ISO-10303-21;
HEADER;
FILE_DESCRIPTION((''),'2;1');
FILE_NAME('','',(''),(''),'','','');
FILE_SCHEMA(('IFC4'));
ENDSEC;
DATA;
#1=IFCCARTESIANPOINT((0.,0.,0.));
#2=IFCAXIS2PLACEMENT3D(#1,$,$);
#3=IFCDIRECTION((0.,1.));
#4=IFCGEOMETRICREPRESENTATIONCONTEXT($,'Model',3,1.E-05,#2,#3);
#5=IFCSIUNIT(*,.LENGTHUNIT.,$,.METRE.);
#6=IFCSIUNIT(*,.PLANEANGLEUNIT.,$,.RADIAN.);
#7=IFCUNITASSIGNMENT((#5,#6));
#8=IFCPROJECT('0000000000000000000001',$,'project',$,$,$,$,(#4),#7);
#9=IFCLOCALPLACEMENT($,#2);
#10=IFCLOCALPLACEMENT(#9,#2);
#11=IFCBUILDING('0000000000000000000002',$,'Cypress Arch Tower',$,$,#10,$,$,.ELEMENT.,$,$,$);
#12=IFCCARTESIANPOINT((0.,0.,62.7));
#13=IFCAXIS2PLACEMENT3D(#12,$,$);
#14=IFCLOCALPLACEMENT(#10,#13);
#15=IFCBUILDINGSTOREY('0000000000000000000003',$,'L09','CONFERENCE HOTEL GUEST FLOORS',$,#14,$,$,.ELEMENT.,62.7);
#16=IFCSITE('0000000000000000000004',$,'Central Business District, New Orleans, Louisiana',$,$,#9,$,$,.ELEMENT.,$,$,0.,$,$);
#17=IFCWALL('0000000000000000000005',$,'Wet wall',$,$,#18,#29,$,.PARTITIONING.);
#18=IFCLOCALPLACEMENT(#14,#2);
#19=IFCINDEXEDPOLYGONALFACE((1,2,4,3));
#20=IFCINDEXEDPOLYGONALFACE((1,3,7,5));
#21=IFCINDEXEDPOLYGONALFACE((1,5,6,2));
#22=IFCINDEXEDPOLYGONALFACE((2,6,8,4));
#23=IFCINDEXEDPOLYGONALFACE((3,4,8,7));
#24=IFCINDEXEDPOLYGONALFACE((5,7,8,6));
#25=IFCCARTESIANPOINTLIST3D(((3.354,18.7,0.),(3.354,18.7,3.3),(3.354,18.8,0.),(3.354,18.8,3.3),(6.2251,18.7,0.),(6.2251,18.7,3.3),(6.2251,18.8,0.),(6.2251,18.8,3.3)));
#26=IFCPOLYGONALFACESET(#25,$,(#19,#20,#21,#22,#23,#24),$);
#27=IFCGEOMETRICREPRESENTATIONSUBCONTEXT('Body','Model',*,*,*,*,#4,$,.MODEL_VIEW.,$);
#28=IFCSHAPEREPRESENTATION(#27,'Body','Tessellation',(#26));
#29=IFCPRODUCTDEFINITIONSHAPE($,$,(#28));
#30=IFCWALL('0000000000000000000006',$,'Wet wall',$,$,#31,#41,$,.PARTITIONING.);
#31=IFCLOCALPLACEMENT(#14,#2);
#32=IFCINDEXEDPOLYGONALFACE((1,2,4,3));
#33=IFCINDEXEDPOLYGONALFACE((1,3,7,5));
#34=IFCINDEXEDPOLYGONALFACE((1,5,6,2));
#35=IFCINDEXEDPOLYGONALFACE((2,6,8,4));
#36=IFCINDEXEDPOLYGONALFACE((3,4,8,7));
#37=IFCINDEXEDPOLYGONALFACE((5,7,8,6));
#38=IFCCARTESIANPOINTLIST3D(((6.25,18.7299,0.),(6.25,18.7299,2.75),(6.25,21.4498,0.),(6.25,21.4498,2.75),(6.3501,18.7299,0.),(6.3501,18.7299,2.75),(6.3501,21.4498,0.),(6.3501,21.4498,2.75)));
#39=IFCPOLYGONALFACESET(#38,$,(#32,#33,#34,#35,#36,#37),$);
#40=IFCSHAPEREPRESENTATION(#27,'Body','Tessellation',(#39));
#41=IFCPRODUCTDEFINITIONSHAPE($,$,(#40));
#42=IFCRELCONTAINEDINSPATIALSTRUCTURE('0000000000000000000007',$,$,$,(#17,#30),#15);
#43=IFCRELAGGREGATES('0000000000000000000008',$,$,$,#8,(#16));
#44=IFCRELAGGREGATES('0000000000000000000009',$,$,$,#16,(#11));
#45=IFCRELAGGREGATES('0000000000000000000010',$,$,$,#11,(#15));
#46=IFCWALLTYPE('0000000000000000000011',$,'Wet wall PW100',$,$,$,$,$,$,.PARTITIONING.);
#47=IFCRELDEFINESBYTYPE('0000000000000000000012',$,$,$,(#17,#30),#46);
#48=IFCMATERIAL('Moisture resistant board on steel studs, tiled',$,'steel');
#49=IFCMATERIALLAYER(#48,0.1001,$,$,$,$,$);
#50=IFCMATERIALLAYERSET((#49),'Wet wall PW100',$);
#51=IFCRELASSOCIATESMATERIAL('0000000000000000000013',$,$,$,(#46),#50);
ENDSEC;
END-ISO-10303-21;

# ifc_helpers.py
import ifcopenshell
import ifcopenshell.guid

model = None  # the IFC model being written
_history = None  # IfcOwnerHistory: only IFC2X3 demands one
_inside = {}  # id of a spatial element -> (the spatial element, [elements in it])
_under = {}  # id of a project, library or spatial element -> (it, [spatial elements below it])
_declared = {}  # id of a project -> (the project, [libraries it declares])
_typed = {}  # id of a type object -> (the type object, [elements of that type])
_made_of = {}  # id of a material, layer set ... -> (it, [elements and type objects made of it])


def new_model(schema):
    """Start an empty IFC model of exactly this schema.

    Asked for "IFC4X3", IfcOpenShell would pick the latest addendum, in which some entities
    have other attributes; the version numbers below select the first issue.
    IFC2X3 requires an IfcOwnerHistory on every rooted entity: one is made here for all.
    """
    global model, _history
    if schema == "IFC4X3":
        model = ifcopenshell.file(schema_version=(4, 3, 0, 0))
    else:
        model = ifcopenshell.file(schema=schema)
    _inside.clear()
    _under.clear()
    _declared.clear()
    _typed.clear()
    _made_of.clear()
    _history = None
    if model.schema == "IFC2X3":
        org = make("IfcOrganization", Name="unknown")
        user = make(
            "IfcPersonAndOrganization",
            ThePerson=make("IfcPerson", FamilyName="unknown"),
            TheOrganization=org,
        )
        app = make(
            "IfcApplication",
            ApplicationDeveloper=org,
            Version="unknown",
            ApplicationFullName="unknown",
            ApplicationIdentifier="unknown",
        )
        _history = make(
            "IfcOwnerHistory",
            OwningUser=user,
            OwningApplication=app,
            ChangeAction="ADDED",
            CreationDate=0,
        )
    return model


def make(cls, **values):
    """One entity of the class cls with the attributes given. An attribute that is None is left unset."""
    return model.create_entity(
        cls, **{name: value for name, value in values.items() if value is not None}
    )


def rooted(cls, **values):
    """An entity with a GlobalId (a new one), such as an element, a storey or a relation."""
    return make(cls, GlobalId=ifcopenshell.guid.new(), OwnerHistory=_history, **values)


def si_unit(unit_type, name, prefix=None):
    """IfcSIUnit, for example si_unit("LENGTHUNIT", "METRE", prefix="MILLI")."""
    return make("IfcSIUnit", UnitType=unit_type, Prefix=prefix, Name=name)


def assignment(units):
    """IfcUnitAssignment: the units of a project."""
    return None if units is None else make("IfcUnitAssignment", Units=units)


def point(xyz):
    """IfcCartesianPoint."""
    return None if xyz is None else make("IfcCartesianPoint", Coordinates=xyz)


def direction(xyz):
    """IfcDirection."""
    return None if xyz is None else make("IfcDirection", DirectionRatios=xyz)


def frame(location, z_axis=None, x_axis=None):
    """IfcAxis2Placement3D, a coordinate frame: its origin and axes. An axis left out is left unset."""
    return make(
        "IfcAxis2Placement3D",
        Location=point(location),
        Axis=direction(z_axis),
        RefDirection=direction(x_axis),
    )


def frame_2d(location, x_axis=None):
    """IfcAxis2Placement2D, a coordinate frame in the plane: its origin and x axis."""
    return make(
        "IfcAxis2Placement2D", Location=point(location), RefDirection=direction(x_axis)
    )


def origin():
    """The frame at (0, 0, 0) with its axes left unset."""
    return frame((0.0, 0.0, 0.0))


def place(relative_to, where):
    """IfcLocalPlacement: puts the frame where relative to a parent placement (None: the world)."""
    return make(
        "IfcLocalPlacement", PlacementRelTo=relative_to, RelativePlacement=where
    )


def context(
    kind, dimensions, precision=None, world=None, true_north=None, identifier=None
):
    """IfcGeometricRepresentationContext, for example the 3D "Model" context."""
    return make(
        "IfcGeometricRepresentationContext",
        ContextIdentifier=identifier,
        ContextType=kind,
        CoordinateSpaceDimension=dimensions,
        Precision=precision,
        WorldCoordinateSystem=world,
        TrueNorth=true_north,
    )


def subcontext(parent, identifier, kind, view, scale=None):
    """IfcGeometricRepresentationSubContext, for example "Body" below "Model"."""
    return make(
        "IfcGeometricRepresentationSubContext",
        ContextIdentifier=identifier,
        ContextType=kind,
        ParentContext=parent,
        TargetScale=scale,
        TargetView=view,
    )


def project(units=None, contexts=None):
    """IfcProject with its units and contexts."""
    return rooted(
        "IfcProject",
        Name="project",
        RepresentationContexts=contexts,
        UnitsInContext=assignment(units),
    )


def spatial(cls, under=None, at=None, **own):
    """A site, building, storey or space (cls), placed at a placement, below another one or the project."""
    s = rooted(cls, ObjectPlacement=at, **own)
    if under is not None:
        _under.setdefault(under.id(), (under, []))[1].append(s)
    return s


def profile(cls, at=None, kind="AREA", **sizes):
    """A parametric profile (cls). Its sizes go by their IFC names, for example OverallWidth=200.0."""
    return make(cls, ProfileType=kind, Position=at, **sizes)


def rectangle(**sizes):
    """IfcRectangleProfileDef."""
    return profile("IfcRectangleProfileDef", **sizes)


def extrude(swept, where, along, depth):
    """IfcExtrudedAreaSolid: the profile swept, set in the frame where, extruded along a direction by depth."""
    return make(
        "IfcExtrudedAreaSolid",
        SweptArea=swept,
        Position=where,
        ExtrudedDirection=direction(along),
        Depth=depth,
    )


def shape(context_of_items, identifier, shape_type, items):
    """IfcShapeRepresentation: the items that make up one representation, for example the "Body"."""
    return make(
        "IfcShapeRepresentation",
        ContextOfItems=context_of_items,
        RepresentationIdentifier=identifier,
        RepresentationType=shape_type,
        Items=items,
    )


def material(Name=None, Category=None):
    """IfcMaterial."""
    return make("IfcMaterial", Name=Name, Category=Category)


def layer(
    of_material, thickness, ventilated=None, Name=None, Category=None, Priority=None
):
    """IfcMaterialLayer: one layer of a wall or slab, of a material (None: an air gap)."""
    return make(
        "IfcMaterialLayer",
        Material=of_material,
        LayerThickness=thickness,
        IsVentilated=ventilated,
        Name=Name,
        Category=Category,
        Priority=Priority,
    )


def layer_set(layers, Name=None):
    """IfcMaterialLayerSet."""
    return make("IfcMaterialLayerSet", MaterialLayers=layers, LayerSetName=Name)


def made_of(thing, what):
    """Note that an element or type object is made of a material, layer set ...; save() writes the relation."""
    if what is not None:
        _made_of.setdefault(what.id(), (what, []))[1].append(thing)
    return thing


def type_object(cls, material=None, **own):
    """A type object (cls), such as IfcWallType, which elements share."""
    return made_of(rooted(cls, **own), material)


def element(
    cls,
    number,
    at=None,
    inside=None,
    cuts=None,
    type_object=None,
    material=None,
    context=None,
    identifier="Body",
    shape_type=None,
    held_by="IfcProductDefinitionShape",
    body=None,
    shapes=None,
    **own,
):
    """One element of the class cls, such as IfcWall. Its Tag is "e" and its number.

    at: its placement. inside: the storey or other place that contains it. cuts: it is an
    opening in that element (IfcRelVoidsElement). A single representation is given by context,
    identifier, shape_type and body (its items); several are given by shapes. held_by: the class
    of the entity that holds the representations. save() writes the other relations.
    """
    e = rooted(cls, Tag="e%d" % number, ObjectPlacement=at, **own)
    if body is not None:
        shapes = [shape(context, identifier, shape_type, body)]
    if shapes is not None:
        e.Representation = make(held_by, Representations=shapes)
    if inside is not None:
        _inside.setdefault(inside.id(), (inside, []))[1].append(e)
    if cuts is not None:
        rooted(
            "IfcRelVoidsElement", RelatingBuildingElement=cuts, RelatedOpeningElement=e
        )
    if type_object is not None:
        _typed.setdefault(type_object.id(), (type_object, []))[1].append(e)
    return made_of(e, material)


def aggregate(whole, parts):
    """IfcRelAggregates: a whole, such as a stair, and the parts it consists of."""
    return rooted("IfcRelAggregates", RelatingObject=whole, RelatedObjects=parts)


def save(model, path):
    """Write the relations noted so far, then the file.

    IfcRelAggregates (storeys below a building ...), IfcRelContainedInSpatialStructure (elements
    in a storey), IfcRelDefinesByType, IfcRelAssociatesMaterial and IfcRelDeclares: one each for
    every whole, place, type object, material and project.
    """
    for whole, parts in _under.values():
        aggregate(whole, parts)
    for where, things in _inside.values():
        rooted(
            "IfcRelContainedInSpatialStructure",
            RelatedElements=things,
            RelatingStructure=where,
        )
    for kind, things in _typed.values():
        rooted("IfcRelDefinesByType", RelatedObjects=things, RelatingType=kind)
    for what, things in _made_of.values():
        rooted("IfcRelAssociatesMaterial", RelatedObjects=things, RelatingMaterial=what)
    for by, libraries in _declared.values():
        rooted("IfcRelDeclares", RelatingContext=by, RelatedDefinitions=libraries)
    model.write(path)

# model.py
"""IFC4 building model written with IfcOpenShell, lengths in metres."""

from ifc_helpers import new_model, si_unit, direction, frame, frame_2d, origin, place, context, subcontext, project, spatial, rectangle, extrude, material, layer, layer_set, type_object, element, save


model = new_model("IFC4")

# Units and contexts
model_context = context("Model", 3, precision=1e-05, world=origin(), true_north=direction((0.0, 1.0)))
body_context = subcontext(model_context, "Body", "Model", "MODEL_VIEW")
ifc_project = project(units=[si_unit("LENGTHUNIT", "METRE"), si_unit("PLANEANGLEUNIT", "RADIAN")], contexts=[model_context])

# Site, building, storey
site_placement = place(None, origin())
site = spatial("IfcSite", under=ifc_project, at=site_placement, Name="Central Business District, New Orleans, Louisiana", CompositionType="ELEMENT", RefElevation=0.0)
building_placement = place(site_placement, origin())
building = spatial("IfcBuilding", under=site, at=building_placement, Name="Cypress Arch Tower", CompositionType="ELEMENT")
storey_placement = place(building_placement, frame((0.0, 0.0, 62.7)))
storey = spatial("IfcBuildingStorey", under=building, at=storey_placement, Name="L09", Description="CONFERENCE HOTEL GUEST FLOORS", CompositionType="ELEMENT", Elevation=62.7)

# Walls
ifc_material_1 = material(Name="Moisture resistant board on steel studs, tiled", Category="steel")
ifc_layer_1 = layer(ifc_material_1, 0.1001)
ifc_layer_set_1 = layer_set([ifc_layer_1], Name="Wet wall PW100")
wall_type_1 = type_object("IfcWallType", Name="Wet wall PW100", PredefinedType="PARTITIONING", material=ifc_layer_set_1)
wall_1_placement = place(storey_placement, frame((3.354, 18.75, 0.0), z_axis=(0.0, 0.0, 1.0), x_axis=(1.0, 0.0, 0.0)))
element("IfcWall", 1, at=wall_1_placement, inside=storey, type_object=wall_type_1, Name="Wet wall", PredefinedType="PARTITIONING", context=body_context, shape_type="SweptSolid", body=[
    extrude(rectangle(XDim=2.8711, YDim=0.1001, at=frame_2d((1.4355, 0.0))), origin(), (0.0, 0.0, 1.0), 3.3),
])
wall_2_placement = place(storey_placement, frame((6.3, 18.73, 0.0), z_axis=(0.0, 0.0, 1.0), x_axis=(0.0, 1.0, 0.0)))
element("IfcWall", 2, at=wall_2_placement, inside=storey, type_object=wall_type_1, Name="Wet wall", PredefinedType="PARTITIONING", context=body_context, shape_type="SweptSolid", body=[
    extrude(rectangle(XDim=2.72, YDim=0.1001, at=frame_2d((1.3599, 0.0))), origin(), (0.0, 0.0, 1.0), 2.75),
])

save(model, "model.ifc")
